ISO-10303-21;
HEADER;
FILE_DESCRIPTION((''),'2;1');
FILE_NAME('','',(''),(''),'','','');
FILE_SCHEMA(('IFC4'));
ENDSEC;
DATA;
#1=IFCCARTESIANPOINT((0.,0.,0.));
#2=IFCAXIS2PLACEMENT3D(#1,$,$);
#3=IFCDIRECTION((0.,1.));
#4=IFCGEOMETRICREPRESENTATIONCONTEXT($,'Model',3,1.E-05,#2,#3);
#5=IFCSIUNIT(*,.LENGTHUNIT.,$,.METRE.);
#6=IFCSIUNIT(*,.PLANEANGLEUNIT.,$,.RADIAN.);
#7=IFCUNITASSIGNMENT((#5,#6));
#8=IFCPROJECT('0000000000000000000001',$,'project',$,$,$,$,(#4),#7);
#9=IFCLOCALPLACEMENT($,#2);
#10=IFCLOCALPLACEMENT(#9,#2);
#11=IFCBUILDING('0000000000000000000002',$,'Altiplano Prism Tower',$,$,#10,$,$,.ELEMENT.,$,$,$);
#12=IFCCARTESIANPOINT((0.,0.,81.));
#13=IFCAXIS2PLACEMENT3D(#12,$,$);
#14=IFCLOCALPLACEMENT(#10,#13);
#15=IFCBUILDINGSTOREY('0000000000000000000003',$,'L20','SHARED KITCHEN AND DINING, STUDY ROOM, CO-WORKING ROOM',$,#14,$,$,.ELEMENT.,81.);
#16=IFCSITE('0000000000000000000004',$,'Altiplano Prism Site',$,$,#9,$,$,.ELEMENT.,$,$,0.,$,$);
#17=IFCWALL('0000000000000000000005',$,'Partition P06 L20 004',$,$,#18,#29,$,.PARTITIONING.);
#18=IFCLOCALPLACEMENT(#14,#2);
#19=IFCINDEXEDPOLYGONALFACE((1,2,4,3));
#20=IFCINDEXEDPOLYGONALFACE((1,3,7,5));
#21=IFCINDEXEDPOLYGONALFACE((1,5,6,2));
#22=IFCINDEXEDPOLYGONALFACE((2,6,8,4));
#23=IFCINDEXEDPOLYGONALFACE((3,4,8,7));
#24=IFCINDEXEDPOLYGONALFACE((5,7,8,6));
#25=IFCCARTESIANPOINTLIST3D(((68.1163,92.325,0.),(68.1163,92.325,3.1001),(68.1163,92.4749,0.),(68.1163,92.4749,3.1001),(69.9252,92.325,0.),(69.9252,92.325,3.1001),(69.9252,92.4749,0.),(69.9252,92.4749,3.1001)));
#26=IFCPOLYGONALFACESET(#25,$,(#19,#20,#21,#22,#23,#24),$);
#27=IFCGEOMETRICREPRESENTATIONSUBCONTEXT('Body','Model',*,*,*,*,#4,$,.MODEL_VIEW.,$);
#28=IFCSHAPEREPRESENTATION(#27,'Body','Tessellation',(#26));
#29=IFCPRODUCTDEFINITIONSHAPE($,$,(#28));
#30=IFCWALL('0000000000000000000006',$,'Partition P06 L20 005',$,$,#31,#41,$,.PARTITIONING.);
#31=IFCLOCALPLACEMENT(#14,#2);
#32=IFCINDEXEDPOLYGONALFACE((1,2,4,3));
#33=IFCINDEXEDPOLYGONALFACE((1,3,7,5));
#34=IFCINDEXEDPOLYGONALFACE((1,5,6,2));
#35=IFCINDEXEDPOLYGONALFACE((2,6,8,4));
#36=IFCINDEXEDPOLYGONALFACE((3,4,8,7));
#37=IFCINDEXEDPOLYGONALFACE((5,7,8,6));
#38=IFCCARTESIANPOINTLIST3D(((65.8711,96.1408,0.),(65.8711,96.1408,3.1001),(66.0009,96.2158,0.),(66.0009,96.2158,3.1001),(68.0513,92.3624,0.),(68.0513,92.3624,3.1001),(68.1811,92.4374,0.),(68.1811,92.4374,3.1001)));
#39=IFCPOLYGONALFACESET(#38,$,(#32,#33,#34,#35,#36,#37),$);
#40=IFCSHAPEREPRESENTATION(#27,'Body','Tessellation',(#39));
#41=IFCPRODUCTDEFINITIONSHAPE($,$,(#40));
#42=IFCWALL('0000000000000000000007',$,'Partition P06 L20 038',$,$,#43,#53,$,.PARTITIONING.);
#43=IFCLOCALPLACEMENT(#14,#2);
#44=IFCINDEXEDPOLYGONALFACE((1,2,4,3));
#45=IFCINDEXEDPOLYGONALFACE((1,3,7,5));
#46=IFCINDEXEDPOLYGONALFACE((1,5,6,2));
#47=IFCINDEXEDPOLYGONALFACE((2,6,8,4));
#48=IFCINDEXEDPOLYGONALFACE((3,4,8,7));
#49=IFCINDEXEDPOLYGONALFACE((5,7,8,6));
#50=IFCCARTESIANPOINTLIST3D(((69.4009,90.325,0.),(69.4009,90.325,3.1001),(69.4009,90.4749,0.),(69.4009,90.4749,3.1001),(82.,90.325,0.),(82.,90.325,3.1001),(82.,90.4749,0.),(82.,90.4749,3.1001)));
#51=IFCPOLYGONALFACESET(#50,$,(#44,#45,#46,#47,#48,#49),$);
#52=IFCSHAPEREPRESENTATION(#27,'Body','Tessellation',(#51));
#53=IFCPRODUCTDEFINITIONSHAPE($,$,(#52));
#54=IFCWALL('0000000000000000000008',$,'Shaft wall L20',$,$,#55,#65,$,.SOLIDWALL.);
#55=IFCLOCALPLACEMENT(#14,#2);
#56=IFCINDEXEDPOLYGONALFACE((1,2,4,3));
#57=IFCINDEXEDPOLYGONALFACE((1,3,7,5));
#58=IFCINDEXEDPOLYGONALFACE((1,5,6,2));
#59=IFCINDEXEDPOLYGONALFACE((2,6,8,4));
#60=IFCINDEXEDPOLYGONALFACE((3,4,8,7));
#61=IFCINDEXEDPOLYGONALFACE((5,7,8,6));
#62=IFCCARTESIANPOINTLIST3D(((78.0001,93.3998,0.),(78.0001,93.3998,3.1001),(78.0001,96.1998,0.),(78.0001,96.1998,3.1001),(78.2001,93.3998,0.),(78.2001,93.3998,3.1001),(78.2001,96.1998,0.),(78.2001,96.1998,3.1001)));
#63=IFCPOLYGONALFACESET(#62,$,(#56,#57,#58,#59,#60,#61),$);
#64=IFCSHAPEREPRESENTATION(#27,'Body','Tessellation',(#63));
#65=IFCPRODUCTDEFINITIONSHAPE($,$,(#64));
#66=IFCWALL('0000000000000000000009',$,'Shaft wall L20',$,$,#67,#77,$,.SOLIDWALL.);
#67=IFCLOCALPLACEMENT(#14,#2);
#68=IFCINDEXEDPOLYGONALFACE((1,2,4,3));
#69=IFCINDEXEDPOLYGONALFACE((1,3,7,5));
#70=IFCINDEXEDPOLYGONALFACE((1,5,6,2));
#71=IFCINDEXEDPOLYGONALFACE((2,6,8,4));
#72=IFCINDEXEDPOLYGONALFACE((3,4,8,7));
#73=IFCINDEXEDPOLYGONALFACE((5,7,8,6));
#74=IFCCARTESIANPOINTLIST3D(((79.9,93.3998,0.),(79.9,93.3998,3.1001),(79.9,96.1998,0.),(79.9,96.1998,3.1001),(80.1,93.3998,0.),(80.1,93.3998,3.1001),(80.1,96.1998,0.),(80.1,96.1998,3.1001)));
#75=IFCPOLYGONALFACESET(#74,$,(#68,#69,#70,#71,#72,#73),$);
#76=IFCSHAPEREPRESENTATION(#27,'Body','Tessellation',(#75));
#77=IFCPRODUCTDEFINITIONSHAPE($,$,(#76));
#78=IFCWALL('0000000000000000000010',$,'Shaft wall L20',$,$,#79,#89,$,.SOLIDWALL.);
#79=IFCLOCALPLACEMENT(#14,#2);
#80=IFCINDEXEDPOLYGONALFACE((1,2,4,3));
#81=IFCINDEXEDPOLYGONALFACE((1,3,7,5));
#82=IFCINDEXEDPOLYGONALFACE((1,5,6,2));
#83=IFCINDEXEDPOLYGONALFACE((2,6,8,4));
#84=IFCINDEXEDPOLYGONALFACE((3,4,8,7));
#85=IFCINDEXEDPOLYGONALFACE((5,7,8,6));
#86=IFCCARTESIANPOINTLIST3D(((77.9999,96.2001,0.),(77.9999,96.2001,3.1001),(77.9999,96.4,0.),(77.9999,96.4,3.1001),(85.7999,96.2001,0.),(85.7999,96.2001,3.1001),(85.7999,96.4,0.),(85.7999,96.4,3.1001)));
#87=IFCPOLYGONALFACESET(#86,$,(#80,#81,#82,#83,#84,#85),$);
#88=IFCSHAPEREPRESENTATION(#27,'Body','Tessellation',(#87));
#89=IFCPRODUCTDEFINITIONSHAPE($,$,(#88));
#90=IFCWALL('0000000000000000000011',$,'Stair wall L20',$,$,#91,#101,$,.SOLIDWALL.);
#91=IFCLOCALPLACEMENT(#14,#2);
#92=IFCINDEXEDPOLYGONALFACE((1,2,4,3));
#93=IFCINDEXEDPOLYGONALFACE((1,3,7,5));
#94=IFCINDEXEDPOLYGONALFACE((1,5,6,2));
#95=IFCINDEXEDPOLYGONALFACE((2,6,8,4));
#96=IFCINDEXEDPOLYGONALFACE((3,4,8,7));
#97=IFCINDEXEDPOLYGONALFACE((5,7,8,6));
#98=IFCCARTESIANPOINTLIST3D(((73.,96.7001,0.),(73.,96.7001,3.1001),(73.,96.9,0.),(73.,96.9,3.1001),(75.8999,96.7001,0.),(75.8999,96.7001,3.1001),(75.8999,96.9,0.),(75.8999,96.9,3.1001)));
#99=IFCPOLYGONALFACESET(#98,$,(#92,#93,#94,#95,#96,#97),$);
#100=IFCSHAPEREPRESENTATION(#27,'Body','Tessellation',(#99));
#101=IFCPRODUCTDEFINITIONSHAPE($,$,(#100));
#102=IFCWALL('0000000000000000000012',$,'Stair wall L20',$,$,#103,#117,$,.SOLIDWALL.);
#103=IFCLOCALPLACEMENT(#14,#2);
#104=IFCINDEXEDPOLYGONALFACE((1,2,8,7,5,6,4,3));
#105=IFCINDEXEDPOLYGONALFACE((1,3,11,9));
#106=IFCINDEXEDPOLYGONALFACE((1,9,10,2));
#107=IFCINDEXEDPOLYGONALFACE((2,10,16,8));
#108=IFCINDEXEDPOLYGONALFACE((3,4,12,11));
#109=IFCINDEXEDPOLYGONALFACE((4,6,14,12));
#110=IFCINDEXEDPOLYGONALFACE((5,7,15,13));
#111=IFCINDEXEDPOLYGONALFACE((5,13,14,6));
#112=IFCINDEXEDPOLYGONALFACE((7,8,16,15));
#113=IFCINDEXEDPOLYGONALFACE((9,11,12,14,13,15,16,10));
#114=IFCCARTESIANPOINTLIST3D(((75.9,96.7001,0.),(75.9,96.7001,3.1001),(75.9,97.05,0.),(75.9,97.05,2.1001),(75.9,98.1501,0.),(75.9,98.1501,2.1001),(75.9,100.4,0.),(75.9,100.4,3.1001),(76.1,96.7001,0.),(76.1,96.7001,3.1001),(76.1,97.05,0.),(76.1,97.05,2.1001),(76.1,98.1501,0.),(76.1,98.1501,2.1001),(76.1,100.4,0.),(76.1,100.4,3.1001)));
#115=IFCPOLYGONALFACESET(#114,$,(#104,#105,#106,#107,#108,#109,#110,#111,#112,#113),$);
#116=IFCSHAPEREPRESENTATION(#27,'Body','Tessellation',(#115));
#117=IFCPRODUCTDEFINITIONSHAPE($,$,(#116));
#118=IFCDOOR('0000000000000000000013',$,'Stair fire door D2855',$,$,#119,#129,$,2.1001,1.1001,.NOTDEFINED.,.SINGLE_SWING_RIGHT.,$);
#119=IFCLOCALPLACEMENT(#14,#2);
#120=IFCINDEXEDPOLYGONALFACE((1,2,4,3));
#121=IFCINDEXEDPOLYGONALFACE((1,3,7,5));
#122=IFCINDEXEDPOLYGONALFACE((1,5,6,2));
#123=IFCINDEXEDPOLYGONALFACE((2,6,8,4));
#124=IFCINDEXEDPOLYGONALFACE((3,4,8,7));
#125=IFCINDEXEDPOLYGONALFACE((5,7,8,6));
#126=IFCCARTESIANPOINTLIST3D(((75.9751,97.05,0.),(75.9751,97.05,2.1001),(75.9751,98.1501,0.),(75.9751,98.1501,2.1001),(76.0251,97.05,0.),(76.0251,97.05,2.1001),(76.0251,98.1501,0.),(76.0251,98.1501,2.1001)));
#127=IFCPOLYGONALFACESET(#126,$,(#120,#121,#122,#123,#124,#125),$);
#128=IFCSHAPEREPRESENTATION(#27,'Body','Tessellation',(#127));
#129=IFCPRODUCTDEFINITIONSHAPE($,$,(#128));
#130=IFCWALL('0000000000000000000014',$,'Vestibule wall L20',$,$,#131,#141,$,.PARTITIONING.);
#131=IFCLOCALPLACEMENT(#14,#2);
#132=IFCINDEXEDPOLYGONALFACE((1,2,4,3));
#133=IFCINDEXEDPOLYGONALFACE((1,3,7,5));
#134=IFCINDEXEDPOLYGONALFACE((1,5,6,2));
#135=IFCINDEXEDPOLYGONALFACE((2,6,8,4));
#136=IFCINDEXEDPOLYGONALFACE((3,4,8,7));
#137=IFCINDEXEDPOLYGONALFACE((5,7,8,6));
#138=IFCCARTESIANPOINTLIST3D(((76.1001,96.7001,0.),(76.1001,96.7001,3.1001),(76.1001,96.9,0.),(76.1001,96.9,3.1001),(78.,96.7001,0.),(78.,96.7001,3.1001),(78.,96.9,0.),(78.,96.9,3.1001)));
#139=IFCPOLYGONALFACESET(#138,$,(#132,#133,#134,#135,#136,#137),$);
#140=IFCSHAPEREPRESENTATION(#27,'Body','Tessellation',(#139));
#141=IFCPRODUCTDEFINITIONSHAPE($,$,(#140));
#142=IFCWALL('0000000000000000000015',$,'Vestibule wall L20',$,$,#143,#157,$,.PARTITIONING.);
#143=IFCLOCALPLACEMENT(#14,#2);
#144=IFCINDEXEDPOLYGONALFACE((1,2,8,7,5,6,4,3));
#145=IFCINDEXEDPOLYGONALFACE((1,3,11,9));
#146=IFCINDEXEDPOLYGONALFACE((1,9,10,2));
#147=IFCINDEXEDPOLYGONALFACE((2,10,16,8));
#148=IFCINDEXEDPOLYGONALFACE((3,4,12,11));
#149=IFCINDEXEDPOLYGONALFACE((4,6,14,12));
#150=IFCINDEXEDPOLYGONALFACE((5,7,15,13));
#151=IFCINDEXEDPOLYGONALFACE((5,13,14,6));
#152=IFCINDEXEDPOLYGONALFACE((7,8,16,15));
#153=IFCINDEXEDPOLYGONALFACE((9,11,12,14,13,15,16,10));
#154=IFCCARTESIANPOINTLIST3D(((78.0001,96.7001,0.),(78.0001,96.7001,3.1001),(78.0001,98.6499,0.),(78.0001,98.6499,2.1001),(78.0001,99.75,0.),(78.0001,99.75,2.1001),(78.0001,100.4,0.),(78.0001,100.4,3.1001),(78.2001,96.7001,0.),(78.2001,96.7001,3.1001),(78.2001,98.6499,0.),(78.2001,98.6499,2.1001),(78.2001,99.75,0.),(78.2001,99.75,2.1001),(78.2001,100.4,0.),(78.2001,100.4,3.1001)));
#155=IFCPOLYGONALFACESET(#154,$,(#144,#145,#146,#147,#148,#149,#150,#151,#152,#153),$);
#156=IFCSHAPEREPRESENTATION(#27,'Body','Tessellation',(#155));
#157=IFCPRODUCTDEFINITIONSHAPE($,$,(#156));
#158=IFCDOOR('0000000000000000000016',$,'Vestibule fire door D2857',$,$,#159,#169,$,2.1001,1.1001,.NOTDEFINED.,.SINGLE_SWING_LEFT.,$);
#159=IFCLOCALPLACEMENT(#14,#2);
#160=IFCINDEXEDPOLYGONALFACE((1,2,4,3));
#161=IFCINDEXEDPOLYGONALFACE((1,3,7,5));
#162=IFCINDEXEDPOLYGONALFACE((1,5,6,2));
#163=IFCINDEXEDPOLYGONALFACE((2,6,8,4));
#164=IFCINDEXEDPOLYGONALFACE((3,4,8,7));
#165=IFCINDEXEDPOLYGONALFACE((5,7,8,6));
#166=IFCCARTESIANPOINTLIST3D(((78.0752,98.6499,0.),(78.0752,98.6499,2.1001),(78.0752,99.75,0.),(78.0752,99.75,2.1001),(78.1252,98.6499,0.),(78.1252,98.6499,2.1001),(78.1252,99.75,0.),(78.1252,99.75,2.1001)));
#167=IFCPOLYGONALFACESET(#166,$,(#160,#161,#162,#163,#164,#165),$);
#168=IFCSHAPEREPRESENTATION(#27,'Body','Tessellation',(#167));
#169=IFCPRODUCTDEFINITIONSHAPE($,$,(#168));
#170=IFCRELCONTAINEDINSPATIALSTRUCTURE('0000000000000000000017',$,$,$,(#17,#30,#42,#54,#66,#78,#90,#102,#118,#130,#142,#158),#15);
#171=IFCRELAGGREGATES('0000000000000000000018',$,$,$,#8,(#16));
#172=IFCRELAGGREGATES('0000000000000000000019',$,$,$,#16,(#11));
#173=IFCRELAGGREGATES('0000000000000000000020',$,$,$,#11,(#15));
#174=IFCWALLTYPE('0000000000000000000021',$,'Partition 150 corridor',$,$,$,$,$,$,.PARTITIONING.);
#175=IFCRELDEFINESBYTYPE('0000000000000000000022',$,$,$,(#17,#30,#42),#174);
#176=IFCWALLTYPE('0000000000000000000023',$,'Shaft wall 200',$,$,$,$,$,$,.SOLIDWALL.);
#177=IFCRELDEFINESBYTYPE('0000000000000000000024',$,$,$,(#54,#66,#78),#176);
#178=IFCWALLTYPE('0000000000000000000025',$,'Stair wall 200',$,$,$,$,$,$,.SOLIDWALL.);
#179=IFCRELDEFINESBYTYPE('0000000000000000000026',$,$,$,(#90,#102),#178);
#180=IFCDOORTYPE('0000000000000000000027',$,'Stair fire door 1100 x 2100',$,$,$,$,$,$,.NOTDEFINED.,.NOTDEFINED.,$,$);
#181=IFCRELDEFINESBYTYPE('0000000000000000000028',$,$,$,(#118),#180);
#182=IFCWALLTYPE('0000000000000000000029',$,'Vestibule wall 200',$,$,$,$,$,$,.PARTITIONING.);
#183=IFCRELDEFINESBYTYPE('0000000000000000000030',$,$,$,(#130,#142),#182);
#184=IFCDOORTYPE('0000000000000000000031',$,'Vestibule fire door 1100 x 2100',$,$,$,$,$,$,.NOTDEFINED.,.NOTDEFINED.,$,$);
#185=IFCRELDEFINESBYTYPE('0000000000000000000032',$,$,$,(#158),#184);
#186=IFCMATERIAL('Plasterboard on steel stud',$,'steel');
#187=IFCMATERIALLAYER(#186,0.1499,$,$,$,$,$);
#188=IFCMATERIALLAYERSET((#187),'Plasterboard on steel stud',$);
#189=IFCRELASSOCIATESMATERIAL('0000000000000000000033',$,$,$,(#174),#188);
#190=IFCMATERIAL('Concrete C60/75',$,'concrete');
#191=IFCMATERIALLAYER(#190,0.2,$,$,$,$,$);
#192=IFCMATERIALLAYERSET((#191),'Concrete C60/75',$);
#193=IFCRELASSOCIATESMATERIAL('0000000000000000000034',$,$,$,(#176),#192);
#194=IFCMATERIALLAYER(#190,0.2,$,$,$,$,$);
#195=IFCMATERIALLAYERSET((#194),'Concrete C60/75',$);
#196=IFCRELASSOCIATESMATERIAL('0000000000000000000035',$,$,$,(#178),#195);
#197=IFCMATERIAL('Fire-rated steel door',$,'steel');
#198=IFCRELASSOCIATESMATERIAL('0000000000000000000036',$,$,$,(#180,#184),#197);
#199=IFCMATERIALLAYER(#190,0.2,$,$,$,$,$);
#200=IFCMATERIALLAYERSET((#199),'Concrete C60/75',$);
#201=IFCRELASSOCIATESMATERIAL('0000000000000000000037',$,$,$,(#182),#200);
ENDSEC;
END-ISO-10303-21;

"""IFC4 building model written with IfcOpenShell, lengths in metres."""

from ifc_helpers import new_model, si_unit, direction, frame, frame_2d, origin, place, context, subcontext, project, spatial, rectangle, extrude, material, layer, layer_set, type_object, element, fill, save


model = new_model("IFC4")

# Units and contexts
model_context = context("Model", 3, precision=1e-05, world=origin(), true_north=direction((0.0, 1.0)))
body_context = subcontext(model_context, "Body", "Model", "MODEL_VIEW")
ifc_project = project(units=[si_unit("LENGTHUNIT", "METRE"), si_unit("PLANEANGLEUNIT", "RADIAN")], contexts=[model_context])

# Site, building, storey
site_placement = place(None, origin())
site = spatial("IfcSite", under=ifc_project, at=site_placement, Name="Altiplano Prism Site", CompositionType="ELEMENT", RefElevation=0.0)
building_placement = place(site_placement, origin())
building = spatial("IfcBuilding", under=site, at=building_placement, Name="Altiplano Prism Tower", CompositionType="ELEMENT")
storey_placement = place(building_placement, frame((0.0, 0.0, 81.0)))
storey = spatial("IfcBuildingStorey", under=building, at=storey_placement, Name="L20", Description="SHARED KITCHEN AND DINING, STUDY ROOM, CO-WORKING ROOM", CompositionType="ELEMENT", Elevation=81.0)

# Shared definitions
ifc_material_1 = material(Name="Concrete C60/75", Category="concrete")

# Shared definitions
ifc_material_2 = material(Name="Fire-rated steel door", Category="steel")

# Walls
ifc_material_3 = material(Name="Plasterboard on steel stud", Category="steel")
ifc_layer_1 = layer(ifc_material_3, 0.1499)
ifc_layer_set_1 = layer_set([ifc_layer_1], Name="Plasterboard on steel stud")
wall_type_1 = type_object("IfcWallType", Name="Partition 150 corridor", PredefinedType="PARTITIONING", material=ifc_layer_set_1)
wall_1_placement = place(storey_placement, frame((69.925, 92.3999, 0.0), z_axis=(0.0, 0.0, 1.0), x_axis=(-1.0, 0.0, 0.0)))
element("IfcWall", 1, at=wall_1_placement, inside=storey, type_object=wall_type_1, Name="Partition P06 L20 004", PredefinedType="PARTITIONING", context=body_context, shape_type="SweptSolid", body=[
    extrude(rectangle(XDim=1.8088, YDim=0.1499, at=frame_2d((0.9043, 0.0))), origin(), (0.0, 0.0, 1.0), 3.1001),
])
wall_2_placement = place(storey_placement, frame((68.1162, 92.3999, 0.0), z_axis=(0.0, 0.0, 1.0), x_axis=(-0.499787, 0.866148, 0.0)))
element("IfcWall", 2, at=wall_2_placement, inside=storey, type_object=wall_type_1, Name="Partition P06 L20 005", PredefinedType="PARTITIONING", context=body_context, shape_type="SweptSolid", body=[
    extrude(rectangle(XDim=4.3623, YDim=0.1499, at=frame_2d((2.1812, 0.0))), origin(), (0.0, 0.0, 1.0), 3.1001),
])
wall_3_placement = place(storey_placement, frame((69.4009, 90.3999, 0.0), z_axis=(0.0, 0.0, 1.0), x_axis=(1.0, 0.0, 0.0)))
element("IfcWall", 3, at=wall_3_placement, inside=storey, type_object=wall_type_1, Name="Partition P06 L20 038", PredefinedType="PARTITIONING", context=body_context, shape_type="SweptSolid", body=[
    extrude(rectangle(XDim=12.5991, YDim=0.1499, at=frame_2d((6.2996, 0.0))), origin(), (0.0, 0.0, 1.0), 3.1001),
])
ifc_layer_2 = layer(ifc_material_1, 0.2)
ifc_layer_set_2 = layer_set([ifc_layer_2], Name="Concrete C60/75")
wall_type_2 = type_object("IfcWallType", Name="Shaft wall 200", PredefinedType="SOLIDWALL", material=ifc_layer_set_2)
for number, where, z_axis, x_axis, name in (
    (4, (78.1001, 93.3999, 0.0), (0.0, 0.0, 1.0), (0.0, 1.0, 0.0), "Shaft wall L20"),
    (5, (80.0, 93.3999, 0.0), (0.0, 0.0, 1.0), (0.0, 1.0, 0.0), "Shaft wall L20"),
):
    element("IfcWall", number, at=place(storey_placement, frame(where, z_axis=z_axis, x_axis=x_axis)), inside=storey, type_object=wall_type_2, Name=name, PredefinedType="SOLIDWALL", context=body_context, shape_type="SweptSolid", body=[
        extrude(rectangle(XDim=2.8, YDim=0.2, at=frame_2d((1.3999, 0.0))), origin(), (0.0, 0.0, 1.0), 3.1001),
    ])
wall_4_placement = place(storey_placement, frame((78.0, 96.3, 0.0), z_axis=(0.0, 0.0, 1.0), x_axis=(1.0, 0.0, 0.0)))
element("IfcWall", 6, at=wall_4_placement, inside=storey, type_object=wall_type_2, Name="Shaft wall L20", PredefinedType="SOLIDWALL", context=body_context, shape_type="SweptSolid", body=[
    extrude(rectangle(XDim=7.8, YDim=0.2, at=frame_2d((3.8999, 0.0))), origin(), (0.0, 0.0, 1.0), 3.1001),
])
ifc_layer_3 = layer(ifc_material_1, 0.2)
ifc_layer_set_3 = layer_set([ifc_layer_3], Name="Concrete C60/75")
wall_type_3 = type_object("IfcWallType", Name="Stair wall 200", PredefinedType="SOLIDWALL", material=ifc_layer_set_3)
wall_5_placement = place(storey_placement, frame((73.0, 96.8, 0.0), z_axis=(0.0, 0.0, 1.0), x_axis=(1.0, 0.0, 0.0)))
element("IfcWall", 7, at=wall_5_placement, inside=storey, type_object=wall_type_3, Name="Stair wall L20", PredefinedType="SOLIDWALL", context=body_context, shape_type="SweptSolid", body=[
    extrude(rectangle(XDim=2.8999, YDim=0.2, at=frame_2d((1.45, 0.0))), origin(), (0.0, 0.0, 1.0), 3.1001),
])

# Wall, opening, door
wall_6_placement = place(storey_placement, frame((76.0, 96.7, 0.0), z_axis=(0.0, 0.0, 1.0), x_axis=(0.0, 1.0, 0.0)))
wall_6 = element("IfcWall", 8, at=wall_6_placement, inside=storey, type_object=wall_type_3, Name="Stair wall L20", PredefinedType="SOLIDWALL", context=body_context, shape_type="SweptSolid", body=[
    extrude(rectangle(XDim=3.7, YDim=0.2, at=frame_2d((1.8501, 0.0))), origin(), (0.0, 0.0, 1.0), 3.1001),
])
opening_1_placement = place(wall_6_placement, frame((0.3501, 0.0, 0.0)))
opening_1 = element("IfcOpeningElement", 9, at=opening_1_placement, cuts=wall_6, PredefinedType="OPENING", context=body_context, shape_type="SweptSolid", body=[
    extrude(rectangle(XDim=1.1001, YDim=2.1001, at=frame_2d((0.55, 1.05))), frame((0.0, 0.1104, 0.0), z_axis=(0.0, -1.0, 0.0), x_axis=(1.0, 0.0, 0.0)), (0.0, 0.0, 1.0), 0.2209),
])
door_type_1 = type_object("IfcDoorType", Name="Stair fire door 1100 x 2100", OperationType="NOTDEFINED", PredefinedType="NOTDEFINED", material=ifc_material_2)
door_1_placement = place(opening_1_placement, origin())
door_1 = element("IfcDoor", 10, at=door_1_placement, inside=storey, type_object=door_type_1, Name="Stair fire door D2855", OperationType="SINGLE_SWING_RIGHT", OverallHeight=2.1001, OverallWidth=1.1001, PredefinedType="NOTDEFINED", context=body_context, shape_type="SweptSolid", body=[
    extrude(rectangle(XDim=1.1001, YDim=2.1001, at=frame_2d((0.55, 1.05))), frame((0.0, 0.0249, 0.0), z_axis=(0.0, -1.0, 0.0), x_axis=(1.0, 0.0, 0.0)), (0.0, 0.0, 1.0), 0.05),
])
fill(opening_1, door_1)

# Wall
ifc_layer_4 = layer(ifc_material_1, 0.2)
ifc_layer_set_4 = layer_set([ifc_layer_4], Name="Concrete C60/75")
wall_type_4 = type_object("IfcWallType", Name="Vestibule wall 200", PredefinedType="PARTITIONING", material=ifc_layer_set_4)
wall_7_placement = place(storey_placement, frame((76.1001, 96.8, 0.0), z_axis=(0.0, 0.0, 1.0), x_axis=(1.0, 0.0, 0.0)))
element("IfcWall", 11, at=wall_7_placement, inside=storey, type_object=wall_type_4, Name="Vestibule wall L20", PredefinedType="PARTITIONING", context=body_context, shape_type="SweptSolid", body=[
    extrude(rectangle(XDim=1.8999, YDim=0.2, at=frame_2d((0.95, 0.0))), origin(), (0.0, 0.0, 1.0), 3.1001),
])

# Wall, opening, door
wall_8_placement = place(storey_placement, frame((78.1001, 96.7, 0.0), z_axis=(0.0, 0.0, 1.0), x_axis=(0.0, 1.0, 0.0)))
wall_8 = element("IfcWall", 12, at=wall_8_placement, inside=storey, type_object=wall_type_4, Name="Vestibule wall L20", PredefinedType="PARTITIONING", context=body_context, shape_type="SweptSolid", body=[
    extrude(rectangle(XDim=3.7, YDim=0.2, at=frame_2d((1.8501, 0.0))), origin(), (0.0, 0.0, 1.0), 3.1001),
])
opening_2_placement = place(wall_8_placement, frame((1.95, 0.0, 0.0)))
opening_2 = element("IfcOpeningElement", 13, at=opening_2_placement, cuts=wall_8, PredefinedType="OPENING", context=body_context, shape_type="SweptSolid", body=[
    extrude(rectangle(XDim=1.1001, YDim=2.1001, at=frame_2d((0.55, 1.05))), frame((0.0, 0.1104, 0.0), z_axis=(0.0, -1.0, 0.0), x_axis=(1.0, 0.0, 0.0)), (0.0, 0.0, 1.0), 0.2209),
])
door_type_2 = type_object("IfcDoorType", Name="Vestibule fire door 1100 x 2100", OperationType="NOTDEFINED", PredefinedType="NOTDEFINED", material=ifc_material_2)
door_2_placement = place(opening_2_placement, origin())
door_2 = element("IfcDoor", 14, at=door_2_placement, inside=storey, type_object=door_type_2, Name="Vestibule fire door D2857", OperationType="SINGLE_SWING_LEFT", OverallHeight=2.1001, OverallWidth=1.1001, PredefinedType="NOTDEFINED", context=body_context, shape_type="SweptSolid", body=[
    extrude(rectangle(XDim=1.1001, YDim=2.1001, at=frame_2d((0.55, 1.05))), frame((0.0, 0.0249, 0.0), z_axis=(0.0, -1.0, 0.0), x_axis=(1.0, 0.0, 0.0)), (0.0, 0.0, 1.0), 0.05),
])
fill(opening_2, door_2)

save(model, "model.ifc")
